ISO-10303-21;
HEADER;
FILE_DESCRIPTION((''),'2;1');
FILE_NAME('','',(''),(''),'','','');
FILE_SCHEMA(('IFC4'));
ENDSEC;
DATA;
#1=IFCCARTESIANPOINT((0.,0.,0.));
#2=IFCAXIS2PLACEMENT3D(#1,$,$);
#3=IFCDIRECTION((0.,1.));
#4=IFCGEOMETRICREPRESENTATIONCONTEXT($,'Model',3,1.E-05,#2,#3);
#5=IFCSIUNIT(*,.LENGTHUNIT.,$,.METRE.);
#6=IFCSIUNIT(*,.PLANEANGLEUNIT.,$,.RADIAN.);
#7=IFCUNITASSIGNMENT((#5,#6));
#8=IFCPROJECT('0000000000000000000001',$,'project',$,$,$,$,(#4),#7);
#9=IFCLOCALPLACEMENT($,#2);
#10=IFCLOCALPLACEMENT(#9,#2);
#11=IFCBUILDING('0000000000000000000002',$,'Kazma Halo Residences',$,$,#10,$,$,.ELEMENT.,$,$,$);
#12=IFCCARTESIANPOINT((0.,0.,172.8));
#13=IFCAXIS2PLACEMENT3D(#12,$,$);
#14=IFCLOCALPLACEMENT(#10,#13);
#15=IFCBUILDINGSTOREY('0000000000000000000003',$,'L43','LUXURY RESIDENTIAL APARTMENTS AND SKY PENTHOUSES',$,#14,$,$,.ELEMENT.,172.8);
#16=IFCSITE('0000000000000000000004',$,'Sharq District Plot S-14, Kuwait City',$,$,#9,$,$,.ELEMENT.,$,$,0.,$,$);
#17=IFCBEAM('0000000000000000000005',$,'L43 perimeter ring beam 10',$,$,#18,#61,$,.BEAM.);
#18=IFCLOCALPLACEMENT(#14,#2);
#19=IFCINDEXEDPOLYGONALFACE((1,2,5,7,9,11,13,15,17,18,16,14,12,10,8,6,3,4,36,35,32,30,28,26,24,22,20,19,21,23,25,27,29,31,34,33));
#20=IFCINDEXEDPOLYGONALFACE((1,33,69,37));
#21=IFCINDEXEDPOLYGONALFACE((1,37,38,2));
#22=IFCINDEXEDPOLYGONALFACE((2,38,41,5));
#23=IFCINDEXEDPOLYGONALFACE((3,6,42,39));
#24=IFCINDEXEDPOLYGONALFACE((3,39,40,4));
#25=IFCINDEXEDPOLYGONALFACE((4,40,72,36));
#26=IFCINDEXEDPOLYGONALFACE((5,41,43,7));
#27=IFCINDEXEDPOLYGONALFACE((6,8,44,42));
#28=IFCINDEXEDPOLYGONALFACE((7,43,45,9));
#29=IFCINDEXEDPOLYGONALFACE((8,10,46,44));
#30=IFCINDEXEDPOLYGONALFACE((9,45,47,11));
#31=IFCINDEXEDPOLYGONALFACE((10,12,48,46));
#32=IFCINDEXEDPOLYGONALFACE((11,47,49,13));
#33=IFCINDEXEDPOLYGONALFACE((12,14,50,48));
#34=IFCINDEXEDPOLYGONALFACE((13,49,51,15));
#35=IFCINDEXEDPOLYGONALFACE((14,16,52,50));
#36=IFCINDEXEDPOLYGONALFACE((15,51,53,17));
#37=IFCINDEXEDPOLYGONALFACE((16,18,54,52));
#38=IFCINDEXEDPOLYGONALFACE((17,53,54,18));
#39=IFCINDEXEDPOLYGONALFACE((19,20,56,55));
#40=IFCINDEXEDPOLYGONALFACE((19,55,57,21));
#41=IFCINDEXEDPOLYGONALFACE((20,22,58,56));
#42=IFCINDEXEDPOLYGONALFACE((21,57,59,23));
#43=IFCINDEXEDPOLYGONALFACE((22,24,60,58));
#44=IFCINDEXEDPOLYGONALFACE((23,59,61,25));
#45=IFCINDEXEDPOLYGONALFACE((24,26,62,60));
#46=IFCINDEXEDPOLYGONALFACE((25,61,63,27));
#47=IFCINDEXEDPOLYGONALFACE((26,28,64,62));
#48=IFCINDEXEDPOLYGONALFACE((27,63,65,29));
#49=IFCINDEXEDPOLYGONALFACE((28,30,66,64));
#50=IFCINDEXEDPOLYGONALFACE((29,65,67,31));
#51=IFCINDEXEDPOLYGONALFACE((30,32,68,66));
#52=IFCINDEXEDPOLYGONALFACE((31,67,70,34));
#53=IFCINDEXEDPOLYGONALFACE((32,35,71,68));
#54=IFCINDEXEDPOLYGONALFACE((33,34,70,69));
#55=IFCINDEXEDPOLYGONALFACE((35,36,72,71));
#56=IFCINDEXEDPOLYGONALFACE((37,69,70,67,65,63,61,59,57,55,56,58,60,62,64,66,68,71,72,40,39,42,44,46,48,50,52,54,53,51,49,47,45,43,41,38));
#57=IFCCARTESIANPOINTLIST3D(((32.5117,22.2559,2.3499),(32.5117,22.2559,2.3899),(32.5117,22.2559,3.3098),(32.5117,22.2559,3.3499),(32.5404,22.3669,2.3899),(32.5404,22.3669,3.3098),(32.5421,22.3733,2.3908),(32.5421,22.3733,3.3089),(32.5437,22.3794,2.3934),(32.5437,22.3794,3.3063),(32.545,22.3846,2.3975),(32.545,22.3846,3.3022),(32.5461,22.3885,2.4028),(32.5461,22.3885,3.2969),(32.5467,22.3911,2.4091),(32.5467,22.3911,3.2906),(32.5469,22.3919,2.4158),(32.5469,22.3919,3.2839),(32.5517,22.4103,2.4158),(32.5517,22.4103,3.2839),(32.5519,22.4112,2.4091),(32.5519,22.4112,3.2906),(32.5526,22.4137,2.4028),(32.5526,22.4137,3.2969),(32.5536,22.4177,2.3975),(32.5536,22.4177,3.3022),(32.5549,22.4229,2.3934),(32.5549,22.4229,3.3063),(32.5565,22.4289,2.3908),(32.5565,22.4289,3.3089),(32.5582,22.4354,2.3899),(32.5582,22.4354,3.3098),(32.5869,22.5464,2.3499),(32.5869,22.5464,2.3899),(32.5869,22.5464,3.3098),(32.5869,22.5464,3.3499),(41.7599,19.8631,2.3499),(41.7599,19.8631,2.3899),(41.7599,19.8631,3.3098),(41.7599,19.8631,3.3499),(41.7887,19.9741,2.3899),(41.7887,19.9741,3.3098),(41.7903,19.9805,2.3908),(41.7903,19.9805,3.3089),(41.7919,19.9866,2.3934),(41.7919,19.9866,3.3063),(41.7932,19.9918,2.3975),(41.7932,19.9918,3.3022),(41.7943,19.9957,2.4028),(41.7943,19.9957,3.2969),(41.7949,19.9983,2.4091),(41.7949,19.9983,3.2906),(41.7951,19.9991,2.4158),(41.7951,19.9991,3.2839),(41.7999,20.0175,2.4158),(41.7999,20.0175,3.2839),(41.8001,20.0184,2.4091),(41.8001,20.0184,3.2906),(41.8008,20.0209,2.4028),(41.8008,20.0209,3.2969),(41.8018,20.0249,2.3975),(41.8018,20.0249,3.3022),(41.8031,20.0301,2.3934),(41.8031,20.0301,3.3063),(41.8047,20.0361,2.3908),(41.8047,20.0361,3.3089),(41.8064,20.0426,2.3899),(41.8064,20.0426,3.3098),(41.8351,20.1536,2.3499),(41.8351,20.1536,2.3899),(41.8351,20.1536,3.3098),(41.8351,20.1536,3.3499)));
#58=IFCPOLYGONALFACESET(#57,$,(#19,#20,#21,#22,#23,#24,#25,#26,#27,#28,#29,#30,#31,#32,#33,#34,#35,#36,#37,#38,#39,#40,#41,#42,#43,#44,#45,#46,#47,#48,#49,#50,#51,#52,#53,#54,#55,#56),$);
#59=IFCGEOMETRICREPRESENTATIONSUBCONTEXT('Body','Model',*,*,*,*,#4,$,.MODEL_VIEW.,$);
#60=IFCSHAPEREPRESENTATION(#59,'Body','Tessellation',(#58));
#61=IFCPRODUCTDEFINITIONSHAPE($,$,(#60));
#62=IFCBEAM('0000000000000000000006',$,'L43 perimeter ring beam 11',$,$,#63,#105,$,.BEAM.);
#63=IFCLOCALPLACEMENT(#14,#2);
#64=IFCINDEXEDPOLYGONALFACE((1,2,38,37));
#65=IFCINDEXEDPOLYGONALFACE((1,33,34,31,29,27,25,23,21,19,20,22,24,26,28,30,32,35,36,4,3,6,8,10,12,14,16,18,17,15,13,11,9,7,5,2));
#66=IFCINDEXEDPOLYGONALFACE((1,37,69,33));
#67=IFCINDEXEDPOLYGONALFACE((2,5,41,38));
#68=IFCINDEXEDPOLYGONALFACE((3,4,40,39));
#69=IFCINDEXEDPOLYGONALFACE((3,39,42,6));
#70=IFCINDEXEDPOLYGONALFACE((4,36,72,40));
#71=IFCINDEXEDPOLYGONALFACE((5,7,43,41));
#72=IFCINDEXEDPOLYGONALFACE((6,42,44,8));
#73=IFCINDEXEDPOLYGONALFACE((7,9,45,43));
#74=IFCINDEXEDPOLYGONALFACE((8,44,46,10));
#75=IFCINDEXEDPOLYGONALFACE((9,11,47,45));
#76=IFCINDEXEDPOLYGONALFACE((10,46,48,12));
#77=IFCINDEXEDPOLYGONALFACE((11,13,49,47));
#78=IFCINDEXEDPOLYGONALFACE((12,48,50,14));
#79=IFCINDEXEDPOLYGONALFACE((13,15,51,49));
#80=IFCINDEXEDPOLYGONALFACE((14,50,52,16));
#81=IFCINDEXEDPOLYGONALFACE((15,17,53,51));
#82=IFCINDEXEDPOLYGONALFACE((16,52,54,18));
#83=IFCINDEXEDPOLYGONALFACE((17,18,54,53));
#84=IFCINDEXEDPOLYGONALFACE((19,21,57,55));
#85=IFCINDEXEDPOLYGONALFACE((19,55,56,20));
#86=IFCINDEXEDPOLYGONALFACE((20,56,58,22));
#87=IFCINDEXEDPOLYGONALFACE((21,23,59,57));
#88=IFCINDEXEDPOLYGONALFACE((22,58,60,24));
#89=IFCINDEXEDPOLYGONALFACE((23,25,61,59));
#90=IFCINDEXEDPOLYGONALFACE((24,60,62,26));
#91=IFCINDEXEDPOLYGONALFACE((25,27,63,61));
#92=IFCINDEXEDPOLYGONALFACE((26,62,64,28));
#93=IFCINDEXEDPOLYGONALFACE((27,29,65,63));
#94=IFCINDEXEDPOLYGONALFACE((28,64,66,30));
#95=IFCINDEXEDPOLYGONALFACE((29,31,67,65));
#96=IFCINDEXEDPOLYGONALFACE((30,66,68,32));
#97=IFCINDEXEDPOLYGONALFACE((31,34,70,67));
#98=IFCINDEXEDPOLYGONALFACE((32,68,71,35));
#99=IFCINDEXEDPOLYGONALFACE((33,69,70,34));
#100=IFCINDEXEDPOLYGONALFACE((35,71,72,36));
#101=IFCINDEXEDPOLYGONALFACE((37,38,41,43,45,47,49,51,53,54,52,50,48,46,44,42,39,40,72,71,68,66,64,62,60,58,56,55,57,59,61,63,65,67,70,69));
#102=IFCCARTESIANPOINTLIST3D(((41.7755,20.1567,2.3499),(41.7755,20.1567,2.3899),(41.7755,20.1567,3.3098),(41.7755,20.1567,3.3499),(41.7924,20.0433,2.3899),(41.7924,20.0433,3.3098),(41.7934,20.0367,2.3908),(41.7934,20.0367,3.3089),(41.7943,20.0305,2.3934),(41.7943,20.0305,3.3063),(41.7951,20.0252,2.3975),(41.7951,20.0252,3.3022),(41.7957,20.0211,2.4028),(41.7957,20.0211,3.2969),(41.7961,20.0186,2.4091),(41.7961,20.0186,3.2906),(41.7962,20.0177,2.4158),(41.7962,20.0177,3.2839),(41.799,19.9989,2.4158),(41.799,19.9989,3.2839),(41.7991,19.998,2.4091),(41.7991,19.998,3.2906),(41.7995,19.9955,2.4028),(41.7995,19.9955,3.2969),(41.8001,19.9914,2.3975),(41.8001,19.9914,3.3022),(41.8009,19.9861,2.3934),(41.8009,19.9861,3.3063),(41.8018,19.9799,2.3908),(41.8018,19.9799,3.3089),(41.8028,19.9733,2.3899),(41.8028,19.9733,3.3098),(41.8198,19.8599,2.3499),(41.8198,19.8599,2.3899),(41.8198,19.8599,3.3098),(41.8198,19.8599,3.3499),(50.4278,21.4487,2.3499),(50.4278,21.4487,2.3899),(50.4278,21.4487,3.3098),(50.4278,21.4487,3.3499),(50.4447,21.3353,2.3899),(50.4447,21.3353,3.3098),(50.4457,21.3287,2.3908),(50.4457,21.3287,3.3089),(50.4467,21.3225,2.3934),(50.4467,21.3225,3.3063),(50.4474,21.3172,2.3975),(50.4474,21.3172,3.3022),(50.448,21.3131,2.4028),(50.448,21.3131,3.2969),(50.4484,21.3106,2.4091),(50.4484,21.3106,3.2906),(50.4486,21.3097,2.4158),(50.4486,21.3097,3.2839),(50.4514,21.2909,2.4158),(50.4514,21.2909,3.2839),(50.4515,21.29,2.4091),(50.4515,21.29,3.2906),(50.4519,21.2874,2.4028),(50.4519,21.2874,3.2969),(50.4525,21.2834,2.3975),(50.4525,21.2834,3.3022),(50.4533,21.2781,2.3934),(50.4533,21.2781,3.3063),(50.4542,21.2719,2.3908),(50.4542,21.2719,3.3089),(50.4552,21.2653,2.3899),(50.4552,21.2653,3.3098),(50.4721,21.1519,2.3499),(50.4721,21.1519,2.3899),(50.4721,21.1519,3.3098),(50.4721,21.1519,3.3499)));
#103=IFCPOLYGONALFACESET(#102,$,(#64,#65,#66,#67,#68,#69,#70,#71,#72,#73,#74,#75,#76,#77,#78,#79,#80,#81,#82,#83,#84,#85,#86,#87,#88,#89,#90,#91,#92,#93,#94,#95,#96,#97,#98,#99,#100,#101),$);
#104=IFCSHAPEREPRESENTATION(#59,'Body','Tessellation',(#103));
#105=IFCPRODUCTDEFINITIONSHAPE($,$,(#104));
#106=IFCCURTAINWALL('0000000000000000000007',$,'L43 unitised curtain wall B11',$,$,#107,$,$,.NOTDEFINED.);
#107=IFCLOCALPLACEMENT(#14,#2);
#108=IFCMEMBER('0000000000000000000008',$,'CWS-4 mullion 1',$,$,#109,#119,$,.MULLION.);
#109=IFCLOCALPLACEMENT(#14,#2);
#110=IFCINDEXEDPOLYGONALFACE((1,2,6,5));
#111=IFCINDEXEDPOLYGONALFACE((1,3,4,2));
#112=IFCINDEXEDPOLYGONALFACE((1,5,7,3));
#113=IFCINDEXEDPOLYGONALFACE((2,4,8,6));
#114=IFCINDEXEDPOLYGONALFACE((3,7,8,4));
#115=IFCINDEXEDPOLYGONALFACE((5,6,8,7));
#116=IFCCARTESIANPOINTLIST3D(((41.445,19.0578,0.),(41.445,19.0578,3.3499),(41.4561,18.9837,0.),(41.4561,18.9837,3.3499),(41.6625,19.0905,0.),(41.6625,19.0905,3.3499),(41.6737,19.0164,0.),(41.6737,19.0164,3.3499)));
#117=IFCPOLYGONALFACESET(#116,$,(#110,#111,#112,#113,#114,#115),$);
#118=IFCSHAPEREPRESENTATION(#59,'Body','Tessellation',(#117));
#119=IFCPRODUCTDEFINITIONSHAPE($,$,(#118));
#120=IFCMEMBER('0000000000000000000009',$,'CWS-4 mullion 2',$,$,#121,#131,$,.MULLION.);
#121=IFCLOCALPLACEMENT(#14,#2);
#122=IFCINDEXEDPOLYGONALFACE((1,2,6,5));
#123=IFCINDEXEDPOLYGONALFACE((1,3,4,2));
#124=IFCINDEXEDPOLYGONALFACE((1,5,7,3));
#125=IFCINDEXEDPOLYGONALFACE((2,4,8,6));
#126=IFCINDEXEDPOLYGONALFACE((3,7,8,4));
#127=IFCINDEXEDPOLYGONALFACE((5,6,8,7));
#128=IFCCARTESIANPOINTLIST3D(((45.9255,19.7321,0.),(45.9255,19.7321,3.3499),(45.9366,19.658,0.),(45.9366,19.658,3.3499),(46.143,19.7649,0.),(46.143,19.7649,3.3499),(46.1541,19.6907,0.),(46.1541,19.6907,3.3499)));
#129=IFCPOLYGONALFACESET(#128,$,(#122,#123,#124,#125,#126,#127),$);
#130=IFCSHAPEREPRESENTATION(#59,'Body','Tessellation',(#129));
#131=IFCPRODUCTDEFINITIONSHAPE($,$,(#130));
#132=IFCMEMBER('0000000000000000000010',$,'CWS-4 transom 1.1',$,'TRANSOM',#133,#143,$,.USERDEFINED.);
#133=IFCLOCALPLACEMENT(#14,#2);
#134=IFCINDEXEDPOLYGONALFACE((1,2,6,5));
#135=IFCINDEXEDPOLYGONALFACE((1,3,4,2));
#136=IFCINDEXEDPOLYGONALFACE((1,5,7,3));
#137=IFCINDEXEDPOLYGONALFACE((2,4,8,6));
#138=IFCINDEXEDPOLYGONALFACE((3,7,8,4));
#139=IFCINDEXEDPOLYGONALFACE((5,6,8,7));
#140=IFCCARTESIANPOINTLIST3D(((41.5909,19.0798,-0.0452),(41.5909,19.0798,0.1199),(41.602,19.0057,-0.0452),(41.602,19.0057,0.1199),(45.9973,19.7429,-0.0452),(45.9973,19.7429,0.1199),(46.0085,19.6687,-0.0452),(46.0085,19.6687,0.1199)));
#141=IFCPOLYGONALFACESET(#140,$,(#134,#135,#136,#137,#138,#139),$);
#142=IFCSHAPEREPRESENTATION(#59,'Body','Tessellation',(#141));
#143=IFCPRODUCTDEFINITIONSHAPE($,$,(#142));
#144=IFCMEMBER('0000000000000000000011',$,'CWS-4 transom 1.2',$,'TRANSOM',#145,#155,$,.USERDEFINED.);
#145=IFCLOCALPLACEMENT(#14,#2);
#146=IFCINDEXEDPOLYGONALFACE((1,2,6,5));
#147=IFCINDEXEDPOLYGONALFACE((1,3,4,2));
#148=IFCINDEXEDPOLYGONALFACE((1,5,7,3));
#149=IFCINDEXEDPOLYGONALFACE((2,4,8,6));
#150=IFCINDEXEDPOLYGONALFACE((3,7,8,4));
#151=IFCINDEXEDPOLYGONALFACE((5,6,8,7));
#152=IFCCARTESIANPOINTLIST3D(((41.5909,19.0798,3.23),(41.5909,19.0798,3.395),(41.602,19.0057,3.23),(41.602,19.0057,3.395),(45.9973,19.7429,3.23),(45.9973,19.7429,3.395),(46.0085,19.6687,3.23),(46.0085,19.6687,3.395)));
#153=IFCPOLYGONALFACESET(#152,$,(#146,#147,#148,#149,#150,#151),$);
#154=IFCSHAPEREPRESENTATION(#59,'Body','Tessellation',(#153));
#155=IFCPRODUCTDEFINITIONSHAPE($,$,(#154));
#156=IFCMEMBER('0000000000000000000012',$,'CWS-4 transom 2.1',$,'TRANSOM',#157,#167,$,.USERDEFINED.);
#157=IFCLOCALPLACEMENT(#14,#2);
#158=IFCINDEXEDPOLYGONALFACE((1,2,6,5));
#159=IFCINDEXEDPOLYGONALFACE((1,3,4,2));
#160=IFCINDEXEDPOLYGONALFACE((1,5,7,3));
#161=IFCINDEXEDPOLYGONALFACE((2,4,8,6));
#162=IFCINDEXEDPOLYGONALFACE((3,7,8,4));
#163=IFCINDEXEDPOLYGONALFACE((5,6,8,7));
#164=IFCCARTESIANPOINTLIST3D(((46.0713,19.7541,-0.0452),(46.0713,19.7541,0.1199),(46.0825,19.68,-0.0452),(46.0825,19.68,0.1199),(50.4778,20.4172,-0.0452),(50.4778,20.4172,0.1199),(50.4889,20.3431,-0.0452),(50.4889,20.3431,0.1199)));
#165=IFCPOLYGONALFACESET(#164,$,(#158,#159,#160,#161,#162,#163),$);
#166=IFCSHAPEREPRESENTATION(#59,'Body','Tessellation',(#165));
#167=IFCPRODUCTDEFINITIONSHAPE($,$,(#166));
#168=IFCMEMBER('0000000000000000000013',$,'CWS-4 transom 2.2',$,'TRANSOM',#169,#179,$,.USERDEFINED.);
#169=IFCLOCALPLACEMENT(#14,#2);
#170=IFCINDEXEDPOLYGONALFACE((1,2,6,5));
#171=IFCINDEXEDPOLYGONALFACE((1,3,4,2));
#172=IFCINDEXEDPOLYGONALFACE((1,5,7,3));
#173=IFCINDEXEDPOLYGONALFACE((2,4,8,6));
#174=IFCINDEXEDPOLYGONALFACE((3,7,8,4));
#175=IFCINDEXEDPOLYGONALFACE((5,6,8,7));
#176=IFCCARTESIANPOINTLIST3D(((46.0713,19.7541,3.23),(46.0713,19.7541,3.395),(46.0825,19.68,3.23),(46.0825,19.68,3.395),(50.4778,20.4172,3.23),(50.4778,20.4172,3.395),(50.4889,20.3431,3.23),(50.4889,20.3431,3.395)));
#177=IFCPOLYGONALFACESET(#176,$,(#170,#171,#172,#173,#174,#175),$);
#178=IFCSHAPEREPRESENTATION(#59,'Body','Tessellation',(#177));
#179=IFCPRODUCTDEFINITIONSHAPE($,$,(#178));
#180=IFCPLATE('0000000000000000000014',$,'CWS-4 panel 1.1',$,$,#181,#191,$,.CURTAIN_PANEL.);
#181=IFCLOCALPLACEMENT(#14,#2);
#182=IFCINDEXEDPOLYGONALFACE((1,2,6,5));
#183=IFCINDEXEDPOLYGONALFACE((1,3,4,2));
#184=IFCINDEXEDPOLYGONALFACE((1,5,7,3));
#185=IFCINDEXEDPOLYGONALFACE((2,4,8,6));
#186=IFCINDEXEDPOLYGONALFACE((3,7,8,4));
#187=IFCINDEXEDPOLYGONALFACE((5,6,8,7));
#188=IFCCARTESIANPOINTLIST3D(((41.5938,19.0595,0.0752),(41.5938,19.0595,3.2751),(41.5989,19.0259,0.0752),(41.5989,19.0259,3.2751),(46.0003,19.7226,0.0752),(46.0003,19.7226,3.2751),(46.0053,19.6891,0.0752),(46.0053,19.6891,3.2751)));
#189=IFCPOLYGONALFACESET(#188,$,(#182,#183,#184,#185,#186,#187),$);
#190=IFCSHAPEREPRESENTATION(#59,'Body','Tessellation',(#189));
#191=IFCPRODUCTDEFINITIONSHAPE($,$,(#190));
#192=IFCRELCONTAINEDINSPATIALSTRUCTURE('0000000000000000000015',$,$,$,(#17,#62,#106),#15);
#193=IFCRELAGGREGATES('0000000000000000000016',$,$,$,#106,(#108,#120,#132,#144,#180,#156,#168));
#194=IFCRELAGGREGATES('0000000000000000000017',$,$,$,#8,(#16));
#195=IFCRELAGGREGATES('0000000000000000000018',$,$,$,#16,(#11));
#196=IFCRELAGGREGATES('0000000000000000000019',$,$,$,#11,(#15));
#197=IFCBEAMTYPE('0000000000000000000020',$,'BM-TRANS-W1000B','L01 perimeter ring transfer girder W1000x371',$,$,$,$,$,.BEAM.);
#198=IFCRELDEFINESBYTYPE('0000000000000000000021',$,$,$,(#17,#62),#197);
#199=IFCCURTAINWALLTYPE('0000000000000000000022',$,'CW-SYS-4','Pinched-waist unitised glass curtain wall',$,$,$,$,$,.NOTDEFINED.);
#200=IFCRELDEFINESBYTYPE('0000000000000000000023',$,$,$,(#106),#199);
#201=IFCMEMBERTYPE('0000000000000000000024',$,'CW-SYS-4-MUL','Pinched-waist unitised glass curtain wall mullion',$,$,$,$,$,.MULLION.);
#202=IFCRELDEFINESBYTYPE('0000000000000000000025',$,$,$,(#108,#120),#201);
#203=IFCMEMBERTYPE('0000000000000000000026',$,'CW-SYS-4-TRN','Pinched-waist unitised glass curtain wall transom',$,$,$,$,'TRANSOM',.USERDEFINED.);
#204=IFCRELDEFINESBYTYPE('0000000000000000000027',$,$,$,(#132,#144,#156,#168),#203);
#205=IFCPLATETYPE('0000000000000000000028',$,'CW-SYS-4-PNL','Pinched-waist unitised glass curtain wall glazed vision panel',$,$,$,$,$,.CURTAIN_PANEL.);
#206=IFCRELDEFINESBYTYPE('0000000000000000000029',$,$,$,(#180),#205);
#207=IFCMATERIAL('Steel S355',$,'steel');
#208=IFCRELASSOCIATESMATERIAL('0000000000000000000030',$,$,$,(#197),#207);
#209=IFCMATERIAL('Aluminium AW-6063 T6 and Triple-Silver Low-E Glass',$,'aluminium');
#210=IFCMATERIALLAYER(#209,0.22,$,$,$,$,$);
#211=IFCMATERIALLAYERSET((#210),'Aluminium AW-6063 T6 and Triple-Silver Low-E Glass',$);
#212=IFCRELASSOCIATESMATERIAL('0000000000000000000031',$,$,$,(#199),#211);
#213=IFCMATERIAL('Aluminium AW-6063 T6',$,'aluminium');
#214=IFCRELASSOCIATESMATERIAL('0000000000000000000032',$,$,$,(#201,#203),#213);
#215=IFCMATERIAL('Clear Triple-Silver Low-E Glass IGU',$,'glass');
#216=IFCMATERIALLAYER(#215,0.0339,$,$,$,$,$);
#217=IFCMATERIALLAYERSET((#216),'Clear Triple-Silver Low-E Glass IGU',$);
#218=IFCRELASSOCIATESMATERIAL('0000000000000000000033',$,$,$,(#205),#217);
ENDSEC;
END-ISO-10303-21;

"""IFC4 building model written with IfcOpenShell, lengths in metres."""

from ifc_helpers import new_model, si_unit, direction, frame, origin, origin_2d, place, context, subcontext, project, spatial, rectangle, i_section, extrude, material, layer, layer_set, material_profile, profile_set, type_object, element, aggregate, save


model = new_model("IFC4")

# Units and contexts
model_context = context("Model", 3, precision=1e-05, world=origin(), true_north=direction((0.0, 1.0)))
body_context = subcontext(model_context, "Body", "Model", "MODEL_VIEW")
ifc_project = project(units=[si_unit("LENGTHUNIT", "METRE"), si_unit("PLANEANGLEUNIT", "RADIAN")], contexts=[model_context])

# Site, building, storey
site_placement = place(None, origin())
site = spatial("IfcSite", under=ifc_project, at=site_placement, Name="Sharq District Plot S-14, Kuwait City", CompositionType="ELEMENT", RefElevation=0.0)
building_placement = place(site_placement, origin())
building = spatial("IfcBuilding", under=site, at=building_placement, Name="Kazma Halo Residences", CompositionType="ELEMENT")
storey_placement = place(building_placement, frame((0.0, 0.0, 172.8)))
storey = spatial("IfcBuildingStorey", under=building, at=storey_placement, Name="L43", Description="LUXURY RESIDENTIAL APARTMENTS AND SKY PENTHOUSES", CompositionType="ELEMENT", Elevation=172.8)

# Beams
ifc_material_1 = material(Name="Steel S355", Category="steel")
ifc_material_profile_1 = material_profile(ifc_material_1, i_section(OverallWidth=0.3, OverallDepth=1.0, WebThickness=0.019, FlangeThickness=0.04, FilletRadius=0.0259, at=origin_2d()), Name="W1000x371")
ifc_profile_set_1 = profile_set([ifc_material_profile_1], Name="Steel S355")
beam_type_1 = type_object("IfcBeamType", Name="BM-TRANS-W1000B", Description="L01 perimeter ring transfer girder W1000x371", PredefinedType="BEAM", material=ifc_profile_set_1)
beam_1_placement = place(storey_placement, frame((32.5493, 22.4011, 2.8499), z_axis=(0.968121, -0.250483, 0.0), x_axis=(0.250483, 0.968121, 0.0)))
element("IfcBeam", 1, at=beam_1_placement, inside=storey, type_object=beam_type_1, Name="L43 perimeter ring beam 10", PredefinedType="BEAM", context=body_context, shape_type="SweptSolid", body=[
    extrude(i_section(OverallWidth=0.3, OverallDepth=1.0, WebThickness=0.019, FlangeThickness=0.04, FilletRadius=0.0259, at=origin_2d()), origin(), (0.0, 0.0, 1.0), 9.5527),
])
beam_2_placement = place(storey_placement, frame((41.7976, 20.0083, 2.8499), z_axis=(0.989034, 0.147685, 0.0), x_axis=(-0.147685, 0.989034, 0.0)))
element("IfcBeam", 2, at=beam_2_placement, inside=storey, type_object=beam_type_1, Name="L43 perimeter ring beam 11", PredefinedType="BEAM", context=body_context, shape_type="SweptSolid", body=[
    extrude(i_section(OverallWidth=0.3, OverallDepth=1.0, WebThickness=0.019, FlangeThickness=0.04, FilletRadius=0.0259, at=origin_2d()), origin(), (0.0, 0.0, 1.0), 8.7483),
])

# Curtain wall, members, plate
ifc_material_2 = material(Name="Aluminium AW-6063 T6 and Triple-Silver Low-E Glass", Category="aluminium")
ifc_layer_1 = layer(ifc_material_2, 0.22)
ifc_layer_set_1 = layer_set([ifc_layer_1], Name="Aluminium AW-6063 T6 and Triple-Silver Low-E Glass")
curtain_wall_type = type_object("IfcCurtainWallType", Name="CW-SYS-4", Description="Pinched-waist unitised glass curtain wall", PredefinedType="NOTDEFINED", material=ifc_layer_set_1)
curtain_wall_placement = place(storey_placement, origin())
curtain_wall = element("IfcCurtainWall", 3, at=curtain_wall_placement, inside=storey, type_object=curtain_wall_type, Name="L43 unitised curtain wall B11", PredefinedType="NOTDEFINED")
ifc_material_3 = material(Name="Aluminium AW-6063 T6", Category="aluminium")
ifc_material_profile_2 = material_profile(ifc_material_3, rectangle(XDim=0.075, YDim=0.22, at=origin_2d()), Name="CWM-75x220")
ifc_profile_set_2 = profile_set([ifc_material_profile_2], Name="Aluminium AW-6063 T6")
member_type_1 = type_object("IfcMemberType", Name="CW-SYS-4-MUL", Description="Pinched-waist unitised glass curtain wall mullion", PredefinedType="MULLION", material=ifc_profile_set_2)
member_1_placement = place(storey_placement, frame((41.5593, 19.0371, 0.0), z_axis=(0.0, 0.0, 1.0), x_axis=(-0.148821, 0.988864, 0.0)))
member_1 = element("IfcMember", 4, at=member_1_placement, type_object=member_type_1, Name="CWS-4 mullion 1", PredefinedType="MULLION", context=body_context, shape_type="SweptSolid", body=[
    extrude(rectangle(XDim=0.075, YDim=0.22, at=origin_2d()), origin(), (0.0, 0.0, 1.0), 3.3499),
])
member_2_placement = place(storey_placement, frame((46.0398, 19.7114, 0.0), z_axis=(0.0, 0.0, 1.0), x_axis=(-0.148821, 0.988864, 0.0)))
member_2 = element("IfcMember", 5, at=member_2_placement, type_object=member_type_1, Name="CWS-4 mullion 2", PredefinedType="MULLION", context=body_context, shape_type="SweptSolid", body=[
    extrude(rectangle(XDim=0.075, YDim=0.22, at=origin_2d()), origin(), (0.0, 0.0, 1.0), 3.3499),
])
ifc_material_profile_3 = material_profile(ifc_material_3, rectangle(XDim=0.075, YDim=0.165, at=origin_2d()), Name="CWT-75x165")
ifc_profile_set_3 = profile_set([ifc_material_profile_3], Name="Aluminium AW-6063 T6")
member_type_2 = type_object("IfcMemberType", Name="CW-SYS-4-TRN", Description="Pinched-waist unitised glass curtain wall transom", ElementType="TRANSOM", PredefinedType="USERDEFINED", material=ifc_profile_set_3)
member_3_placement = place(storey_placement, frame((41.5964, 19.0427, 0.0374), z_axis=(0.988867, 0.148804, 0.0), x_axis=(-0.148804, 0.988867, 0.0)))
member_3 = element("IfcMember", 6, at=member_3_placement, type_object=member_type_2, Name="CWS-4 transom 1.1", ObjectType="TRANSOM", PredefinedType="USERDEFINED", context=body_context, shape_type="SweptSolid", body=[
    extrude(rectangle(XDim=0.075, YDim=0.165, at=origin_2d()), origin(), (0.0, 0.0, 1.0), 4.4561),
])
member_4_placement = place(storey_placement, frame((41.5964, 19.0427, 3.3125), z_axis=(0.988867, 0.148804, 0.0), x_axis=(-0.148804, 0.988867, 0.0)))
member_4 = element("IfcMember", 7, at=member_4_placement, type_object=member_type_2, Name="CWS-4 transom 1.2", ObjectType="TRANSOM", PredefinedType="USERDEFINED", context=body_context, shape_type="SweptSolid", body=[
    extrude(rectangle(XDim=0.075, YDim=0.165, at=origin_2d()), origin(), (0.0, 0.0, 1.0), 4.4561),
])
member_5_placement = place(storey_placement, frame((46.0769, 19.717, 0.0374), z_axis=(0.988867, 0.148804, 0.0), x_axis=(-0.148804, 0.988867, 0.0)))
member_5 = element("IfcMember", 8, at=member_5_placement, type_object=member_type_2, Name="CWS-4 transom 2.1", ObjectType="TRANSOM", PredefinedType="USERDEFINED", context=body_context, shape_type="SweptSolid", body=[
    extrude(rectangle(XDim=0.075, YDim=0.165, at=origin_2d()), origin(), (0.0, 0.0, 1.0), 4.4561),
])
member_6_placement = place(storey_placement, frame((46.0769, 19.717, 3.3125), z_axis=(0.988867, 0.148804, 0.0), x_axis=(-0.148804, 0.988867, 0.0)))
member_6 = element("IfcMember", 9, at=member_6_placement, type_object=member_type_2, Name="CWS-4 transom 2.2", ObjectType="TRANSOM", PredefinedType="USERDEFINED", context=body_context, shape_type="SweptSolid", body=[
    extrude(rectangle(XDim=0.075, YDim=0.165, at=origin_2d()), origin(), (0.0, 0.0, 1.0), 4.4561),
])
ifc_material_4 = material(Name="Clear Triple-Silver Low-E Glass IGU", Category="glass")
ifc_layer_2 = layer(ifc_material_4, 0.0339)
ifc_layer_set_2 = layer_set([ifc_layer_2], Name="Clear Triple-Silver Low-E Glass IGU")
plate_type = type_object("IfcPlateType", Name="CW-SYS-4-PNL", Description="Pinched-waist unitised glass curtain wall glazed vision panel", PredefinedType="CURTAIN_PANEL", material=ifc_layer_set_2)
plate_placement = place(storey_placement, frame((43.7996, 19.3743, 0.0752), z_axis=(0.0, 0.0, 1.0), x_axis=(0.988864, 0.148821, 0.0)))
plate = element("IfcPlate", 10, at=plate_placement, type_object=plate_type, Name="CWS-4 panel 1.1", PredefinedType="CURTAIN_PANEL", context=body_context, shape_type="SweptSolid", body=[
    extrude(rectangle(XDim=4.4561, YDim=0.0339, at=origin_2d()), origin(), (0.0, 0.0, 1.0), 3.2),
])
aggregate(curtain_wall, [member_1, member_2, member_3, member_4, plate, member_5, member_6])

save(model, "model.ifc")
